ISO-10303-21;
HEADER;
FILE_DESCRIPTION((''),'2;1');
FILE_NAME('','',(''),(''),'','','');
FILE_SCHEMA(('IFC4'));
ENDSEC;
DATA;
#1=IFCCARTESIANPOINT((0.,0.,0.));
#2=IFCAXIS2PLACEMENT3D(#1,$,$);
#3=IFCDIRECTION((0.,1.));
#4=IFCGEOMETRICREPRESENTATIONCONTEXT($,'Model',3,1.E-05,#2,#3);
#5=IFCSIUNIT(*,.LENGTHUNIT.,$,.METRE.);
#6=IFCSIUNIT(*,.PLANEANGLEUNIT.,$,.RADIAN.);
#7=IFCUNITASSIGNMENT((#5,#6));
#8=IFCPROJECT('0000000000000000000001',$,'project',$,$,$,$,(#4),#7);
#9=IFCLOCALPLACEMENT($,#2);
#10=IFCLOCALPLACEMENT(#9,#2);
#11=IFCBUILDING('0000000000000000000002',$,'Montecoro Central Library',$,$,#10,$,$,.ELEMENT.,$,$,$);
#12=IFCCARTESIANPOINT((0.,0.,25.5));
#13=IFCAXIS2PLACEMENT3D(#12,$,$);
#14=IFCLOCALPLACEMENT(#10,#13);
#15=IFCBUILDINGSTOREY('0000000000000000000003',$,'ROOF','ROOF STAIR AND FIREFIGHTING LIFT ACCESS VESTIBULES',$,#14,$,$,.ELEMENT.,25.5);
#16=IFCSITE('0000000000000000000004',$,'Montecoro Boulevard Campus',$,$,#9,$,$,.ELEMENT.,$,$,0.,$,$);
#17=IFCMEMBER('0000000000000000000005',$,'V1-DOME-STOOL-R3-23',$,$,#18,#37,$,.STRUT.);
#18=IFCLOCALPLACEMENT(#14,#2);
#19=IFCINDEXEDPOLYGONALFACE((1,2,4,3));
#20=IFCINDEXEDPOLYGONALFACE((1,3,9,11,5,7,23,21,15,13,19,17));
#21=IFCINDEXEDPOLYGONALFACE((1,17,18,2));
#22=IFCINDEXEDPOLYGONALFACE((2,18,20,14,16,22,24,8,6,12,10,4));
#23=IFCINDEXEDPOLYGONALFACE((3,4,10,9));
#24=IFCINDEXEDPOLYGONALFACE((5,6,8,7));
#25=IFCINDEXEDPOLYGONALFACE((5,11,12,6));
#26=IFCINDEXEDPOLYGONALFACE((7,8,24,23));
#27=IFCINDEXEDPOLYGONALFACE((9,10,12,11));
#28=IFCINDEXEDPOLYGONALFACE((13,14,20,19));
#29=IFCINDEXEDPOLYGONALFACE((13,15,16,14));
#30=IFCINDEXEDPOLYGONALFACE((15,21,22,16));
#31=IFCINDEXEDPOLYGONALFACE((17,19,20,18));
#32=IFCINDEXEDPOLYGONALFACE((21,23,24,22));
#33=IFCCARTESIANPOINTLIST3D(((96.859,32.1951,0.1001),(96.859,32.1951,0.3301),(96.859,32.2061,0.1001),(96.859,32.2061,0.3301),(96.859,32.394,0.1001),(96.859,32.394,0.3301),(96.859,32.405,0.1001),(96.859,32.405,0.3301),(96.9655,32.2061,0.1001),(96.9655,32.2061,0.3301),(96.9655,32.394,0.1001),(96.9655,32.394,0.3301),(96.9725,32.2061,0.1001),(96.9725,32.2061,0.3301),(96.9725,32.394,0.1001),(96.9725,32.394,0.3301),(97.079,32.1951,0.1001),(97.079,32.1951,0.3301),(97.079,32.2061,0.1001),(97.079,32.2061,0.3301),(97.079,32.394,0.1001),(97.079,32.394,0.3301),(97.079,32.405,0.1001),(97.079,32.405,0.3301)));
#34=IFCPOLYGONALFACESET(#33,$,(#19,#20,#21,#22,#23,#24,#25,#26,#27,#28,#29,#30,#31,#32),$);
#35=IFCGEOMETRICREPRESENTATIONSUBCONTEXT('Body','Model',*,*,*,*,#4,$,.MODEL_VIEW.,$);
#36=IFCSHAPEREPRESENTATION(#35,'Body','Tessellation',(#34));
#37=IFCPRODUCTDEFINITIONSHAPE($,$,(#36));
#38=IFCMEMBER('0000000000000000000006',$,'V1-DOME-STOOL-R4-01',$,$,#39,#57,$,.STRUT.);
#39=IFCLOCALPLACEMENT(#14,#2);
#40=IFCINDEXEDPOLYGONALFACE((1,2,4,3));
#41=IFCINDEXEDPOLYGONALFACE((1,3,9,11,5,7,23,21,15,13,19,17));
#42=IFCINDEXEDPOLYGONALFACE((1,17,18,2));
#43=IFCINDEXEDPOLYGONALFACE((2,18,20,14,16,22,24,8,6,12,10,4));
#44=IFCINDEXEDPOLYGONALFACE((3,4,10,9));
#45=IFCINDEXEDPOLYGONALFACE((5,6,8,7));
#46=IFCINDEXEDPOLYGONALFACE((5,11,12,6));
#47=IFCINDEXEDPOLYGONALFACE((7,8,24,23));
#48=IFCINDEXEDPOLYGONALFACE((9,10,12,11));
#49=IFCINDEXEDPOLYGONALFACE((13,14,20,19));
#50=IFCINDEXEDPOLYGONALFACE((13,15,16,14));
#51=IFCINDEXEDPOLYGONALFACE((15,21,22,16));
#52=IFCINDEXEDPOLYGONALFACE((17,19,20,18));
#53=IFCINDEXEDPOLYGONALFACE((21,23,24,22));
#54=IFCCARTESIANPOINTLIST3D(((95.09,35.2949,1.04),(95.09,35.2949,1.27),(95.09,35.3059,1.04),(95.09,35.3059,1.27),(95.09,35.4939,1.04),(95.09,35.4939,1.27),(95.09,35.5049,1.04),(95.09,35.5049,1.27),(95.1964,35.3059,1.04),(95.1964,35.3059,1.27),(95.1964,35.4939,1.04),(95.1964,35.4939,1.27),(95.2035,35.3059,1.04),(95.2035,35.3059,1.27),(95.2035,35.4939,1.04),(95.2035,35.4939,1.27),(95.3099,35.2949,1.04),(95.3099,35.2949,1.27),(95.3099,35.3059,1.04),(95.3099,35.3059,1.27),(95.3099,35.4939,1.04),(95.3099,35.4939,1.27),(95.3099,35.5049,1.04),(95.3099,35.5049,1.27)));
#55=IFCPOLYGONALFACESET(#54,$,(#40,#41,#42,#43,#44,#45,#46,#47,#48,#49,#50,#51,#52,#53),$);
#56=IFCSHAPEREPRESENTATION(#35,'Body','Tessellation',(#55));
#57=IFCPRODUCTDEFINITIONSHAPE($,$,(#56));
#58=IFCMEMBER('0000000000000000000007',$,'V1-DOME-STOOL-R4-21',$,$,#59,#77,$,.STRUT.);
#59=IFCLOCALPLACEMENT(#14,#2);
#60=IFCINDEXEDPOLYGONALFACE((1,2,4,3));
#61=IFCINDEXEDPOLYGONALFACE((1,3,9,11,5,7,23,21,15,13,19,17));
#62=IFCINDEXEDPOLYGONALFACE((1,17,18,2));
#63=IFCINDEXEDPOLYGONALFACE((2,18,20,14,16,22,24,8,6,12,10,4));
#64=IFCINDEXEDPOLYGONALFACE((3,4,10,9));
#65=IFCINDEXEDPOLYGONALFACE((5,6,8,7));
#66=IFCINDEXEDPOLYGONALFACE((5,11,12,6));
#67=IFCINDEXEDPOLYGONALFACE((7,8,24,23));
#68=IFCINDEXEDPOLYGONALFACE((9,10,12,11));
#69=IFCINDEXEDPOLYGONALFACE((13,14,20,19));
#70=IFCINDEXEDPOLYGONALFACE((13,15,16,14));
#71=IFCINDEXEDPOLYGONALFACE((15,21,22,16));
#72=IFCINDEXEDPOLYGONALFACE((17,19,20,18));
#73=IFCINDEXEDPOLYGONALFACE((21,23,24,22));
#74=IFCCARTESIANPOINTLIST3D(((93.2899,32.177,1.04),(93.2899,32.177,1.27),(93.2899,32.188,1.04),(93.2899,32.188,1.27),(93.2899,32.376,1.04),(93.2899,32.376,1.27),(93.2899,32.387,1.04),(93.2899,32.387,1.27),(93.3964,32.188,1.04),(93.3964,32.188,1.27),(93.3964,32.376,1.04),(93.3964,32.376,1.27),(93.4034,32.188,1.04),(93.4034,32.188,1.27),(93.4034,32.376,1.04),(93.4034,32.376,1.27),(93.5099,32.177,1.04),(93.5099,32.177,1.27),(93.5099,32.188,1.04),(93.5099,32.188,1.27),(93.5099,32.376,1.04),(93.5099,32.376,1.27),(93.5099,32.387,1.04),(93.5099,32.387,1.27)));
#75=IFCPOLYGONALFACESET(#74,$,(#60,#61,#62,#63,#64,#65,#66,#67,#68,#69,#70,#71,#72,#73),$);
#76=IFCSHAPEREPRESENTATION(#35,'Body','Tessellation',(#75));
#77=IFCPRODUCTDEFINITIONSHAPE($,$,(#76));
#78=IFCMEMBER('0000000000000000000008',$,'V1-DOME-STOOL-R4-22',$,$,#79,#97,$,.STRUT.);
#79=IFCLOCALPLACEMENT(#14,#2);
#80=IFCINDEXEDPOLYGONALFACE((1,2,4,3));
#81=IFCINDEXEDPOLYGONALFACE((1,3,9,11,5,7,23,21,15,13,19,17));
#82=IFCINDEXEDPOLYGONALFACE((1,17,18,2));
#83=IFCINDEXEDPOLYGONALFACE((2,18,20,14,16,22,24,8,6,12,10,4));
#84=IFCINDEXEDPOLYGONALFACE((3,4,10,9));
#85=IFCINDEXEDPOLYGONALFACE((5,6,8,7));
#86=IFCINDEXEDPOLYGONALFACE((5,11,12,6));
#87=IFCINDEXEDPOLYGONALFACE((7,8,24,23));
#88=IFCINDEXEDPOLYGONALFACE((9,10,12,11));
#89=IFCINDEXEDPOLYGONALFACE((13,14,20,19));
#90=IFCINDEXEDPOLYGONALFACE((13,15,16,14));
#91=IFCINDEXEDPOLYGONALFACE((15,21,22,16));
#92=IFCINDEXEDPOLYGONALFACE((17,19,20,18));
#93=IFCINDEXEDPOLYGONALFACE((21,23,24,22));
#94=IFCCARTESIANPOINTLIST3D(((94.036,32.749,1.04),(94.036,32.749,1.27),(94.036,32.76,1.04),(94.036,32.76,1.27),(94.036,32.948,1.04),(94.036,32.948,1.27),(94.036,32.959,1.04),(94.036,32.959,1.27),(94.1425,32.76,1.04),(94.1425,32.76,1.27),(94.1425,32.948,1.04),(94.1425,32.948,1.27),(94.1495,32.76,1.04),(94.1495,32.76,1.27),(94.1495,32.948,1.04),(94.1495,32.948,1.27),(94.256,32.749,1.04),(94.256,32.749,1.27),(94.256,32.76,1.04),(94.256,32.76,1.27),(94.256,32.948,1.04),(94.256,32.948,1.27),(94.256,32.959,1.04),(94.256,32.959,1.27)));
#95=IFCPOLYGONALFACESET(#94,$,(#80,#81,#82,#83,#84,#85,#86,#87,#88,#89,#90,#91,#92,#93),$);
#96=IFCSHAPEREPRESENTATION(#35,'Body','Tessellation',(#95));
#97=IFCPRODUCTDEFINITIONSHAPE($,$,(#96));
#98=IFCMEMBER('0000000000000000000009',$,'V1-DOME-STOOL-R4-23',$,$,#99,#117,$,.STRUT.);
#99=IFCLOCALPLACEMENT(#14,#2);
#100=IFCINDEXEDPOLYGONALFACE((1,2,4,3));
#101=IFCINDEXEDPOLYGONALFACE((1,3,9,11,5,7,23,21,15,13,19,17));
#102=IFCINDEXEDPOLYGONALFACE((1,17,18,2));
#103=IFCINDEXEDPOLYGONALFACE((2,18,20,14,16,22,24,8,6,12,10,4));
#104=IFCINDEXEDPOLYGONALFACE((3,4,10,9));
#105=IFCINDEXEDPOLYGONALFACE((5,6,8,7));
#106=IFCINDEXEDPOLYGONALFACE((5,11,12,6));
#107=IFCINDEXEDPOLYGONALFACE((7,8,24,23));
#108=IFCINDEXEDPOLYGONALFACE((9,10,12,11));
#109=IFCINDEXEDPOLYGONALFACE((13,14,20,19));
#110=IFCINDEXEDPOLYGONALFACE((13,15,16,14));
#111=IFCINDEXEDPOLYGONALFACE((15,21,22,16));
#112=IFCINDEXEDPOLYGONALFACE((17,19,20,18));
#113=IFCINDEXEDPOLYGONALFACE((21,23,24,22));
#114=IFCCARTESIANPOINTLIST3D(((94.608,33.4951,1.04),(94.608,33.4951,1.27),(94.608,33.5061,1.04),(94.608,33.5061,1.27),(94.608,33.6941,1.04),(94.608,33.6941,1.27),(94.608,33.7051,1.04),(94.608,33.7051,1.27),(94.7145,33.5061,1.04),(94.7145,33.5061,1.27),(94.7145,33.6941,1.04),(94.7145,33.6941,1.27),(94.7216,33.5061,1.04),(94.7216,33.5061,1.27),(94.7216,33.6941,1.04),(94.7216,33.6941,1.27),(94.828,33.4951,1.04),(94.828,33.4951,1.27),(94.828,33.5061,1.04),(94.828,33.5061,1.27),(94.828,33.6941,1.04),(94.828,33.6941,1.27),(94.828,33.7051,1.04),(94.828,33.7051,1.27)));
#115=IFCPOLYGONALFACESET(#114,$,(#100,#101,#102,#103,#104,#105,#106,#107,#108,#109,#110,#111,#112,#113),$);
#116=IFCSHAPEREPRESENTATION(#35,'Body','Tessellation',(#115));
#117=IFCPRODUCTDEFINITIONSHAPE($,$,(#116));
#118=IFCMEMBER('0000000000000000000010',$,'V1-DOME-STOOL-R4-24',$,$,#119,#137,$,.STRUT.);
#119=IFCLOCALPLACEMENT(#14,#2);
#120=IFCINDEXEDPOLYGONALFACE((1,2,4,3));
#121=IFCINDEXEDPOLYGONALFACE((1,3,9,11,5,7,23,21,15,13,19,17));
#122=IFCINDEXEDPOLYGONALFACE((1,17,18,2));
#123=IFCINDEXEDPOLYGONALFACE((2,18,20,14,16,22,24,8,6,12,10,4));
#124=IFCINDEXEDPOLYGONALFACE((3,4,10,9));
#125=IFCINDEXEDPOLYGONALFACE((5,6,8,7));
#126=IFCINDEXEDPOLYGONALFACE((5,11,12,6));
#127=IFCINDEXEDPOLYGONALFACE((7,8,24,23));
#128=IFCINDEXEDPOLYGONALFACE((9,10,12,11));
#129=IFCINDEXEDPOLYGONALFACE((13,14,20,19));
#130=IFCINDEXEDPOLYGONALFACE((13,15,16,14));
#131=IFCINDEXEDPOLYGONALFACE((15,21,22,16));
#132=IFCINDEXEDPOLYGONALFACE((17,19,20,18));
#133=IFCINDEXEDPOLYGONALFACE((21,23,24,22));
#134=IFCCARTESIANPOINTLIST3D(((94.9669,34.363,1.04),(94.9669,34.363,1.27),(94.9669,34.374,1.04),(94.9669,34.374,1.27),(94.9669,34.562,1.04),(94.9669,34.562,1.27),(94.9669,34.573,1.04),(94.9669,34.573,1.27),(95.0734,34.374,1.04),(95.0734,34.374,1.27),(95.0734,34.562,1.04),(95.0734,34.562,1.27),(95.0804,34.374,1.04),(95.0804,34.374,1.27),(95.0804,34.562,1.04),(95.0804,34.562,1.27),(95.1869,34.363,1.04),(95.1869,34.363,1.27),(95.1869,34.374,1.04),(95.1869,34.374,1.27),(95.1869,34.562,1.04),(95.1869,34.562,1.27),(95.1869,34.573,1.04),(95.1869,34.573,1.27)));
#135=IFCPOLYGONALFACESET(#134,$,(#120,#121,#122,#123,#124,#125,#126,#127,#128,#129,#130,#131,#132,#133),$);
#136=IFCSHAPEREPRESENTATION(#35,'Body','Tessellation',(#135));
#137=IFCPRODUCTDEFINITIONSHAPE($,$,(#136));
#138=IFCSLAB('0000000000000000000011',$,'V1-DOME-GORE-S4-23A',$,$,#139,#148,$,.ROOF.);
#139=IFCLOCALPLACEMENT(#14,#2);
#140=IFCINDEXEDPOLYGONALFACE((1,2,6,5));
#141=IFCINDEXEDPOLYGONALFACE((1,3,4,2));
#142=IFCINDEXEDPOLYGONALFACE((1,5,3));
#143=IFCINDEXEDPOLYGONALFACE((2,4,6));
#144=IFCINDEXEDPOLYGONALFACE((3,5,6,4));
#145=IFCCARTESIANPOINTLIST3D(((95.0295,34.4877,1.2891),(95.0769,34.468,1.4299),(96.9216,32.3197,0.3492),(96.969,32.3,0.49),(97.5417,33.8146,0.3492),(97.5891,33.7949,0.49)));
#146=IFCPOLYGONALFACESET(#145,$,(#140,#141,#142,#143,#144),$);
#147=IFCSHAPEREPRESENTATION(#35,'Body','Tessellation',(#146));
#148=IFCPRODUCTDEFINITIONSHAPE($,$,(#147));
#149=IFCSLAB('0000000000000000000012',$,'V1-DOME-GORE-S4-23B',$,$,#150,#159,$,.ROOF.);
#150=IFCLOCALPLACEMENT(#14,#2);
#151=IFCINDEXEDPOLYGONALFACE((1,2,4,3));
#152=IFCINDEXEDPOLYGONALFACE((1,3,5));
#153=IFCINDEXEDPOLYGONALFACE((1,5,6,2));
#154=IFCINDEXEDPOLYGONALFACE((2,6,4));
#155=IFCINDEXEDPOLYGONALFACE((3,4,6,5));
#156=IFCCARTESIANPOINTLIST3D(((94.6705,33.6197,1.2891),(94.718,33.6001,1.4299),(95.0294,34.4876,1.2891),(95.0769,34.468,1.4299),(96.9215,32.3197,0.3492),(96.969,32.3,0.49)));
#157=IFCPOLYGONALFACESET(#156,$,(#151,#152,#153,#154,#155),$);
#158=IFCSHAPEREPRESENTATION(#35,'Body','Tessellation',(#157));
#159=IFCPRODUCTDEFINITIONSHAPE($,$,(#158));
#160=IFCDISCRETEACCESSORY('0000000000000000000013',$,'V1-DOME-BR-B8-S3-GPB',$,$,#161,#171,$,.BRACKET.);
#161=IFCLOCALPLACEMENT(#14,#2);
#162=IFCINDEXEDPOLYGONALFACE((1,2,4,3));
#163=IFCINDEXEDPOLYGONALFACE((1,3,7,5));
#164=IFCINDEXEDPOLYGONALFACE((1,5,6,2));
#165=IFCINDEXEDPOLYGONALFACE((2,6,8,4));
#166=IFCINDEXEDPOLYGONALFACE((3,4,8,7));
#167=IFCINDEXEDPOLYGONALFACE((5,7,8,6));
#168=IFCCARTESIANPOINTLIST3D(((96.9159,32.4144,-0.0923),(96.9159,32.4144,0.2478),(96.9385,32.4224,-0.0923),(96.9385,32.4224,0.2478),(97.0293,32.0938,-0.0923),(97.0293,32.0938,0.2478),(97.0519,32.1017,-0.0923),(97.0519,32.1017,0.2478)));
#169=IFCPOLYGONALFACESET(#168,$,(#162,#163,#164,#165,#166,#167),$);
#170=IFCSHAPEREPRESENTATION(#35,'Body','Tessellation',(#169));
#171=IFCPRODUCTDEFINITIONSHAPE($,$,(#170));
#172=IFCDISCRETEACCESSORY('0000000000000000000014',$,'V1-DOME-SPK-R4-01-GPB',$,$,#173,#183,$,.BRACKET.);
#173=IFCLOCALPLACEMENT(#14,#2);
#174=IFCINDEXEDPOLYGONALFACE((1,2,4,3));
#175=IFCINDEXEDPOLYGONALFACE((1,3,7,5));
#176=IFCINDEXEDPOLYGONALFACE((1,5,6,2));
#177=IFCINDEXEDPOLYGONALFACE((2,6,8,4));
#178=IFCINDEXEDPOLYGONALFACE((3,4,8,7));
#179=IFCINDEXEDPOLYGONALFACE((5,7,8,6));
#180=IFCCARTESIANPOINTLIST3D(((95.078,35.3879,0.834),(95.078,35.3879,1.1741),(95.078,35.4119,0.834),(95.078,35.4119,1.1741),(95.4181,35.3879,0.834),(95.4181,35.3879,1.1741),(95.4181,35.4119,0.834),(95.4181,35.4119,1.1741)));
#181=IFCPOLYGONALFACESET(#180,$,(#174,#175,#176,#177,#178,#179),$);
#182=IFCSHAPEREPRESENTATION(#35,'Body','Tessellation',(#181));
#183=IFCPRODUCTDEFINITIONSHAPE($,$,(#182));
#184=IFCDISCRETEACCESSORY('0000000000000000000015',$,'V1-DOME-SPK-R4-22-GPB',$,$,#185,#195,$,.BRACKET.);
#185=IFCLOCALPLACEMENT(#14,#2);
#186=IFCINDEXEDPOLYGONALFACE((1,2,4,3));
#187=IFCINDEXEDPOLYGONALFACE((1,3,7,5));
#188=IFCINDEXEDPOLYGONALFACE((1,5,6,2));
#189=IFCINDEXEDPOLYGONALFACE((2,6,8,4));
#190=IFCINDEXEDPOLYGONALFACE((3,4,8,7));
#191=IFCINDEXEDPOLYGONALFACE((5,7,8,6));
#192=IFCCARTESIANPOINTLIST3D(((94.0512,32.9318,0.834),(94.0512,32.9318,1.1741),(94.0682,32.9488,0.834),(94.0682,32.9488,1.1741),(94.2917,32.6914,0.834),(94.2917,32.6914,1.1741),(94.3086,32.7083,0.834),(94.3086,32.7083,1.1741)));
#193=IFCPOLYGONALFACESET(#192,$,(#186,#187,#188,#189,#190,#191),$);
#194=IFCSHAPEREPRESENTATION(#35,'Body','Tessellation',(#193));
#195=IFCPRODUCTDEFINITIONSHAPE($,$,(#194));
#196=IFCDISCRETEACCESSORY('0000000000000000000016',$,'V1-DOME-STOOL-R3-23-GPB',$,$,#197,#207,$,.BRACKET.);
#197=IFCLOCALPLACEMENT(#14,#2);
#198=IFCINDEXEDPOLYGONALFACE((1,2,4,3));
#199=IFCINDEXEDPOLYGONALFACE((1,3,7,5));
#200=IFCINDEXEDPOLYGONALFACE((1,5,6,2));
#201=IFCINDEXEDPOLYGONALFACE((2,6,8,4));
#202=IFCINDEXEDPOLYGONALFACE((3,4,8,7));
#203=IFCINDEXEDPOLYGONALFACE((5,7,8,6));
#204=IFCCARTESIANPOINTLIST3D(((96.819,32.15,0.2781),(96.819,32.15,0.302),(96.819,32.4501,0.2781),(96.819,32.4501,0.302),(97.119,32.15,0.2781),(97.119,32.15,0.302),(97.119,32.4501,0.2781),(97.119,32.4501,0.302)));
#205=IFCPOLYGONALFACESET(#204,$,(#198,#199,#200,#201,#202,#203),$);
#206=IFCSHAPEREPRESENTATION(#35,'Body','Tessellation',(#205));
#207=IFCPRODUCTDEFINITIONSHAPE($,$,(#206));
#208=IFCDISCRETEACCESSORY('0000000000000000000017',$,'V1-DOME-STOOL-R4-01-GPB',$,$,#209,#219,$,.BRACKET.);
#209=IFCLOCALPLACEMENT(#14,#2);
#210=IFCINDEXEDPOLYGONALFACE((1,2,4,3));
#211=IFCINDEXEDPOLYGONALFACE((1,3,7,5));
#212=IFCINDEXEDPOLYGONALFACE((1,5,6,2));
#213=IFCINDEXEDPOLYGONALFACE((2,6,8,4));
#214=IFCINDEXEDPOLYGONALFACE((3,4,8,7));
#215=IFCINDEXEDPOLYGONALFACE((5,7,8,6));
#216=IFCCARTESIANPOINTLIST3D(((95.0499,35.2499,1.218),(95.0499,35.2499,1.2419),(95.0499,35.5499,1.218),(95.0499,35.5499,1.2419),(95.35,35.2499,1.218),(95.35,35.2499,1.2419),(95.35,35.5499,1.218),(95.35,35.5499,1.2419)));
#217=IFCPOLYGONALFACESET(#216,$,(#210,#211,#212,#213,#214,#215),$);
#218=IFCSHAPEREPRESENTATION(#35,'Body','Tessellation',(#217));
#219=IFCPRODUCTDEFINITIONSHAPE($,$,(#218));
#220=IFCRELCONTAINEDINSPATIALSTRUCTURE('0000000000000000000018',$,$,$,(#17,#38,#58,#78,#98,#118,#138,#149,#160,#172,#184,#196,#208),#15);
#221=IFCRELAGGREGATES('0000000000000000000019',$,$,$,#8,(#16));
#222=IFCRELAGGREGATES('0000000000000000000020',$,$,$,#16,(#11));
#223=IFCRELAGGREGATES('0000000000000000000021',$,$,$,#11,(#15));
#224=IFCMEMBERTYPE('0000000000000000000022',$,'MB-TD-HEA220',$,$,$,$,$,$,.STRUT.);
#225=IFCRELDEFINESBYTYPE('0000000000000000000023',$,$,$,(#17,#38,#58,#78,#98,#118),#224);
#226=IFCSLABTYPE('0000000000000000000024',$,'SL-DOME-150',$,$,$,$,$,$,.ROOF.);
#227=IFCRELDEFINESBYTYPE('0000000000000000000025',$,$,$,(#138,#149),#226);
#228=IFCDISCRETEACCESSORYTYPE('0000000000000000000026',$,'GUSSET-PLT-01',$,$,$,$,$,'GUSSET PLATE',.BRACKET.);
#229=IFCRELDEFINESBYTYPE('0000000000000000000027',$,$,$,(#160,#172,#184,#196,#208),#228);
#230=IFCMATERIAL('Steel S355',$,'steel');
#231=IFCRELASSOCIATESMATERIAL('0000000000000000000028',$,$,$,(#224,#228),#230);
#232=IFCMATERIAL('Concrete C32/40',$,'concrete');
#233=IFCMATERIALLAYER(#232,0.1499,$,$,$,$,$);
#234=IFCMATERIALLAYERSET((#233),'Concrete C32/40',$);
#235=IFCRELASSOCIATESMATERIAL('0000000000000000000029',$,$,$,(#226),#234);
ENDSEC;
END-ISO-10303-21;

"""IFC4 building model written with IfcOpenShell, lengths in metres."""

from ifc_helpers import new_model, si_unit, direction, frame, origin, origin_2d, place, context, subcontext, project, spatial, polyline, rectangle, i_section, outline, extrude, material, layer, layer_set, material_profile, profile_set, type_object, element, save


model = new_model("IFC4")

# Units and contexts
model_context = context("Model", 3, precision=1e-05, world=origin(), true_north=direction((0.0, 1.0)))
body_context = subcontext(model_context, "Body", "Model", "MODEL_VIEW")
ifc_project = project(units=[si_unit("LENGTHUNIT", "METRE"), si_unit("PLANEANGLEUNIT", "RADIAN")], contexts=[model_context])

# Site, building, storey
site_placement = place(None, origin())
site = spatial("IfcSite", under=ifc_project, at=site_placement, Name="Montecoro Boulevard Campus", CompositionType="ELEMENT", RefElevation=0.0)
building_placement = place(site_placement, origin())
building = spatial("IfcBuilding", under=site, at=building_placement, Name="Montecoro Central Library", CompositionType="ELEMENT")
storey_placement = place(building_placement, frame((0.0, 0.0, 25.5)))
storey = spatial("IfcBuildingStorey", under=building, at=storey_placement, Name="ROOF", Description="ROOF STAIR AND FIREFIGHTING LIFT ACCESS VESTIBULES", CompositionType="ELEMENT", Elevation=25.5)

# Members
ifc_material_1 = material(Name="Steel S355", Category="steel")
ifc_material_profile_1 = material_profile(ifc_material_1, i_section(OverallWidth=0.22, OverallDepth=0.21, WebThickness=0.0071, FlangeThickness=0.011, at=origin_2d()), Name="HEA 220")
ifc_profile_set_1 = profile_set([ifc_material_profile_1], Name="Steel S355")
member_type_1 = type_object("IfcMemberType", Name="MB-TD-HEA220", PredefinedType="STRUT", material=ifc_profile_set_1)
for number, where, z_axis, x_axis, name in (
    (1, (96.969, 32.3, 0.1001), (0.0, 0.0, 1.0), (1.0, 0.0, 0.0), "V1-DOME-STOOL-R3-23"),
    (2, (95.2, 35.3999, 1.04), (0.0, 0.0, 1.0), (1.0, 0.0, 0.0), "V1-DOME-STOOL-R4-01"),
    (3, (93.3999, 32.282, 1.04), (0.0, 0.0, 1.0), (1.0, 0.0, 0.0), "V1-DOME-STOOL-R4-21"),
    (4, (94.146, 32.854, 1.04), (0.0, 0.0, 1.0), (1.0, 0.0, 0.0), "V1-DOME-STOOL-R4-22"),
    (5, (94.718, 33.6001, 1.04), (0.0, 0.0, 1.0), (1.0, 0.0, 0.0), "V1-DOME-STOOL-R4-23"),
    (6, (95.0769, 34.468, 1.04), (0.0, 0.0, 1.0), (1.0, 0.0, 0.0), "V1-DOME-STOOL-R4-24"),
):
    element("IfcMember", number, at=place(storey_placement, frame(where, z_axis=z_axis, x_axis=x_axis)), inside=storey, type_object=member_type_1, Name=name, PredefinedType="STRUT", context=body_context, shape_type="SweptSolid", body=[
        extrude(i_section(OverallWidth=0.22, OverallDepth=0.21, WebThickness=0.0071, FlangeThickness=0.011, at=origin_2d()), origin(), (0.0, 0.0, 1.0), 0.23),
    ])

# Slabs
ifc_material_2 = material(Name="Concrete C32/40", Category="concrete")
ifc_layer = layer(ifc_material_2, 0.1499)
ifc_layer_set = layer_set([ifc_layer], Name="Concrete C32/40")
slab_type = type_object("IfcSlabType", Name="SL-DOME-150", PredefinedType="ROOF", material=ifc_layer_set)
slab_1_placement = place(storey_placement, frame((96.969, 32.3, 0.49), z_axis=(0.316359, -0.131235, 0.939518), x_axis=(0.383169, 0.923678, 0.0)))
element("IfcSlab", 7, at=slab_1_placement, inside=storey, type_object=slab_type, Name="V1-DOME-GORE-S4-23A", PredefinedType="ROOF", context=body_context, shape_type="SweptSolid", body=[
    extrude(outline(polyline([(0.0, 0.0), (1.6184, 0.0), (1.2775, 2.7444), (0.0, 0.0)])), origin(), (0.0, 0.0, -1.0), 0.1499),
])
slab_2_placement = place(storey_placement, frame((96.969, 32.3, 0.49), z_axis=(0.316664, -0.130941, 0.939456), x_axis=(-0.625042, 0.716177, 0.310505)))
element("IfcSlab", 8, at=slab_2_placement, inside=storey, type_object=slab_type, Name="V1-DOME-GORE-S4-23B", PredefinedType="ROOF", context=body_context, shape_type="SweptSolid", body=[
    extrude(outline(polyline([(0.0, 0.0), (3.0271, 0.0), (2.6299, 0.851), (0.0, 0.0)])), origin(), (0.0, 0.0, -1.0), 0.1499),
])

# Discrete accessories
discrete_accessory_type = type_object("IfcDiscreteAccessoryType", Name="GUSSET-PLT-01", ElementType="GUSSET PLATE", PredefinedType="BRACKET", material=ifc_material_1)
for number, where, z_axis, x_axis, name in (
    (9, (96.9839, 32.2581, -0.0923), (0.0, 0.0, 1.0), (-0.333478, 0.942758, 0.0), "V1-DOME-BR-B8-S3-GPB"),
    (10, (95.248, 35.3999, 0.834), (0.0, 0.0, 1.0), (-1.0, 0.0, 0.0), "V1-DOME-SPK-R4-01-GPB"),
    (11, (94.1799, 32.8201, 0.834), (0.0, 0.0, 1.0), (-0.707107, 0.707107, 0.0), "V1-DOME-SPK-R4-22-GPB"),
):
    element("IfcDiscreteAccessory", number, at=place(storey_placement, frame(where, z_axis=z_axis, x_axis=x_axis)), inside=storey, type_object=discrete_accessory_type, Name=name, PredefinedType="BRACKET", context=body_context, shape_type="SweptSolid", body=[
        extrude(rectangle(XDim=0.3401, YDim=0.0239, at=origin_2d()), origin(), (0.0, 0.0, 1.0), 0.3401),
    ])
for number, where, z_axis, x_axis, name in (
    (12, (96.969, 32.3, 0.2781), (0.0, 0.0, 1.0), (1.0, 0.0, 0.0), "V1-DOME-STOOL-R3-23-GPB"),
    (13, (95.2, 35.3999, 1.218), (0.0, 0.0, 1.0), (1.0, 0.0, 0.0), "V1-DOME-STOOL-R4-01-GPB"),
):
    element("IfcDiscreteAccessory", number, at=place(storey_placement, frame(where, z_axis=z_axis, x_axis=x_axis)), inside=storey, type_object=discrete_accessory_type, Name=name, PredefinedType="BRACKET", context=body_context, shape_type="SweptSolid", body=[
        extrude(rectangle(XDim=0.3, YDim=0.3, at=origin_2d()), origin(), (0.0, 0.0, 1.0), 0.0239),
    ])

save(model, "model.ifc")
